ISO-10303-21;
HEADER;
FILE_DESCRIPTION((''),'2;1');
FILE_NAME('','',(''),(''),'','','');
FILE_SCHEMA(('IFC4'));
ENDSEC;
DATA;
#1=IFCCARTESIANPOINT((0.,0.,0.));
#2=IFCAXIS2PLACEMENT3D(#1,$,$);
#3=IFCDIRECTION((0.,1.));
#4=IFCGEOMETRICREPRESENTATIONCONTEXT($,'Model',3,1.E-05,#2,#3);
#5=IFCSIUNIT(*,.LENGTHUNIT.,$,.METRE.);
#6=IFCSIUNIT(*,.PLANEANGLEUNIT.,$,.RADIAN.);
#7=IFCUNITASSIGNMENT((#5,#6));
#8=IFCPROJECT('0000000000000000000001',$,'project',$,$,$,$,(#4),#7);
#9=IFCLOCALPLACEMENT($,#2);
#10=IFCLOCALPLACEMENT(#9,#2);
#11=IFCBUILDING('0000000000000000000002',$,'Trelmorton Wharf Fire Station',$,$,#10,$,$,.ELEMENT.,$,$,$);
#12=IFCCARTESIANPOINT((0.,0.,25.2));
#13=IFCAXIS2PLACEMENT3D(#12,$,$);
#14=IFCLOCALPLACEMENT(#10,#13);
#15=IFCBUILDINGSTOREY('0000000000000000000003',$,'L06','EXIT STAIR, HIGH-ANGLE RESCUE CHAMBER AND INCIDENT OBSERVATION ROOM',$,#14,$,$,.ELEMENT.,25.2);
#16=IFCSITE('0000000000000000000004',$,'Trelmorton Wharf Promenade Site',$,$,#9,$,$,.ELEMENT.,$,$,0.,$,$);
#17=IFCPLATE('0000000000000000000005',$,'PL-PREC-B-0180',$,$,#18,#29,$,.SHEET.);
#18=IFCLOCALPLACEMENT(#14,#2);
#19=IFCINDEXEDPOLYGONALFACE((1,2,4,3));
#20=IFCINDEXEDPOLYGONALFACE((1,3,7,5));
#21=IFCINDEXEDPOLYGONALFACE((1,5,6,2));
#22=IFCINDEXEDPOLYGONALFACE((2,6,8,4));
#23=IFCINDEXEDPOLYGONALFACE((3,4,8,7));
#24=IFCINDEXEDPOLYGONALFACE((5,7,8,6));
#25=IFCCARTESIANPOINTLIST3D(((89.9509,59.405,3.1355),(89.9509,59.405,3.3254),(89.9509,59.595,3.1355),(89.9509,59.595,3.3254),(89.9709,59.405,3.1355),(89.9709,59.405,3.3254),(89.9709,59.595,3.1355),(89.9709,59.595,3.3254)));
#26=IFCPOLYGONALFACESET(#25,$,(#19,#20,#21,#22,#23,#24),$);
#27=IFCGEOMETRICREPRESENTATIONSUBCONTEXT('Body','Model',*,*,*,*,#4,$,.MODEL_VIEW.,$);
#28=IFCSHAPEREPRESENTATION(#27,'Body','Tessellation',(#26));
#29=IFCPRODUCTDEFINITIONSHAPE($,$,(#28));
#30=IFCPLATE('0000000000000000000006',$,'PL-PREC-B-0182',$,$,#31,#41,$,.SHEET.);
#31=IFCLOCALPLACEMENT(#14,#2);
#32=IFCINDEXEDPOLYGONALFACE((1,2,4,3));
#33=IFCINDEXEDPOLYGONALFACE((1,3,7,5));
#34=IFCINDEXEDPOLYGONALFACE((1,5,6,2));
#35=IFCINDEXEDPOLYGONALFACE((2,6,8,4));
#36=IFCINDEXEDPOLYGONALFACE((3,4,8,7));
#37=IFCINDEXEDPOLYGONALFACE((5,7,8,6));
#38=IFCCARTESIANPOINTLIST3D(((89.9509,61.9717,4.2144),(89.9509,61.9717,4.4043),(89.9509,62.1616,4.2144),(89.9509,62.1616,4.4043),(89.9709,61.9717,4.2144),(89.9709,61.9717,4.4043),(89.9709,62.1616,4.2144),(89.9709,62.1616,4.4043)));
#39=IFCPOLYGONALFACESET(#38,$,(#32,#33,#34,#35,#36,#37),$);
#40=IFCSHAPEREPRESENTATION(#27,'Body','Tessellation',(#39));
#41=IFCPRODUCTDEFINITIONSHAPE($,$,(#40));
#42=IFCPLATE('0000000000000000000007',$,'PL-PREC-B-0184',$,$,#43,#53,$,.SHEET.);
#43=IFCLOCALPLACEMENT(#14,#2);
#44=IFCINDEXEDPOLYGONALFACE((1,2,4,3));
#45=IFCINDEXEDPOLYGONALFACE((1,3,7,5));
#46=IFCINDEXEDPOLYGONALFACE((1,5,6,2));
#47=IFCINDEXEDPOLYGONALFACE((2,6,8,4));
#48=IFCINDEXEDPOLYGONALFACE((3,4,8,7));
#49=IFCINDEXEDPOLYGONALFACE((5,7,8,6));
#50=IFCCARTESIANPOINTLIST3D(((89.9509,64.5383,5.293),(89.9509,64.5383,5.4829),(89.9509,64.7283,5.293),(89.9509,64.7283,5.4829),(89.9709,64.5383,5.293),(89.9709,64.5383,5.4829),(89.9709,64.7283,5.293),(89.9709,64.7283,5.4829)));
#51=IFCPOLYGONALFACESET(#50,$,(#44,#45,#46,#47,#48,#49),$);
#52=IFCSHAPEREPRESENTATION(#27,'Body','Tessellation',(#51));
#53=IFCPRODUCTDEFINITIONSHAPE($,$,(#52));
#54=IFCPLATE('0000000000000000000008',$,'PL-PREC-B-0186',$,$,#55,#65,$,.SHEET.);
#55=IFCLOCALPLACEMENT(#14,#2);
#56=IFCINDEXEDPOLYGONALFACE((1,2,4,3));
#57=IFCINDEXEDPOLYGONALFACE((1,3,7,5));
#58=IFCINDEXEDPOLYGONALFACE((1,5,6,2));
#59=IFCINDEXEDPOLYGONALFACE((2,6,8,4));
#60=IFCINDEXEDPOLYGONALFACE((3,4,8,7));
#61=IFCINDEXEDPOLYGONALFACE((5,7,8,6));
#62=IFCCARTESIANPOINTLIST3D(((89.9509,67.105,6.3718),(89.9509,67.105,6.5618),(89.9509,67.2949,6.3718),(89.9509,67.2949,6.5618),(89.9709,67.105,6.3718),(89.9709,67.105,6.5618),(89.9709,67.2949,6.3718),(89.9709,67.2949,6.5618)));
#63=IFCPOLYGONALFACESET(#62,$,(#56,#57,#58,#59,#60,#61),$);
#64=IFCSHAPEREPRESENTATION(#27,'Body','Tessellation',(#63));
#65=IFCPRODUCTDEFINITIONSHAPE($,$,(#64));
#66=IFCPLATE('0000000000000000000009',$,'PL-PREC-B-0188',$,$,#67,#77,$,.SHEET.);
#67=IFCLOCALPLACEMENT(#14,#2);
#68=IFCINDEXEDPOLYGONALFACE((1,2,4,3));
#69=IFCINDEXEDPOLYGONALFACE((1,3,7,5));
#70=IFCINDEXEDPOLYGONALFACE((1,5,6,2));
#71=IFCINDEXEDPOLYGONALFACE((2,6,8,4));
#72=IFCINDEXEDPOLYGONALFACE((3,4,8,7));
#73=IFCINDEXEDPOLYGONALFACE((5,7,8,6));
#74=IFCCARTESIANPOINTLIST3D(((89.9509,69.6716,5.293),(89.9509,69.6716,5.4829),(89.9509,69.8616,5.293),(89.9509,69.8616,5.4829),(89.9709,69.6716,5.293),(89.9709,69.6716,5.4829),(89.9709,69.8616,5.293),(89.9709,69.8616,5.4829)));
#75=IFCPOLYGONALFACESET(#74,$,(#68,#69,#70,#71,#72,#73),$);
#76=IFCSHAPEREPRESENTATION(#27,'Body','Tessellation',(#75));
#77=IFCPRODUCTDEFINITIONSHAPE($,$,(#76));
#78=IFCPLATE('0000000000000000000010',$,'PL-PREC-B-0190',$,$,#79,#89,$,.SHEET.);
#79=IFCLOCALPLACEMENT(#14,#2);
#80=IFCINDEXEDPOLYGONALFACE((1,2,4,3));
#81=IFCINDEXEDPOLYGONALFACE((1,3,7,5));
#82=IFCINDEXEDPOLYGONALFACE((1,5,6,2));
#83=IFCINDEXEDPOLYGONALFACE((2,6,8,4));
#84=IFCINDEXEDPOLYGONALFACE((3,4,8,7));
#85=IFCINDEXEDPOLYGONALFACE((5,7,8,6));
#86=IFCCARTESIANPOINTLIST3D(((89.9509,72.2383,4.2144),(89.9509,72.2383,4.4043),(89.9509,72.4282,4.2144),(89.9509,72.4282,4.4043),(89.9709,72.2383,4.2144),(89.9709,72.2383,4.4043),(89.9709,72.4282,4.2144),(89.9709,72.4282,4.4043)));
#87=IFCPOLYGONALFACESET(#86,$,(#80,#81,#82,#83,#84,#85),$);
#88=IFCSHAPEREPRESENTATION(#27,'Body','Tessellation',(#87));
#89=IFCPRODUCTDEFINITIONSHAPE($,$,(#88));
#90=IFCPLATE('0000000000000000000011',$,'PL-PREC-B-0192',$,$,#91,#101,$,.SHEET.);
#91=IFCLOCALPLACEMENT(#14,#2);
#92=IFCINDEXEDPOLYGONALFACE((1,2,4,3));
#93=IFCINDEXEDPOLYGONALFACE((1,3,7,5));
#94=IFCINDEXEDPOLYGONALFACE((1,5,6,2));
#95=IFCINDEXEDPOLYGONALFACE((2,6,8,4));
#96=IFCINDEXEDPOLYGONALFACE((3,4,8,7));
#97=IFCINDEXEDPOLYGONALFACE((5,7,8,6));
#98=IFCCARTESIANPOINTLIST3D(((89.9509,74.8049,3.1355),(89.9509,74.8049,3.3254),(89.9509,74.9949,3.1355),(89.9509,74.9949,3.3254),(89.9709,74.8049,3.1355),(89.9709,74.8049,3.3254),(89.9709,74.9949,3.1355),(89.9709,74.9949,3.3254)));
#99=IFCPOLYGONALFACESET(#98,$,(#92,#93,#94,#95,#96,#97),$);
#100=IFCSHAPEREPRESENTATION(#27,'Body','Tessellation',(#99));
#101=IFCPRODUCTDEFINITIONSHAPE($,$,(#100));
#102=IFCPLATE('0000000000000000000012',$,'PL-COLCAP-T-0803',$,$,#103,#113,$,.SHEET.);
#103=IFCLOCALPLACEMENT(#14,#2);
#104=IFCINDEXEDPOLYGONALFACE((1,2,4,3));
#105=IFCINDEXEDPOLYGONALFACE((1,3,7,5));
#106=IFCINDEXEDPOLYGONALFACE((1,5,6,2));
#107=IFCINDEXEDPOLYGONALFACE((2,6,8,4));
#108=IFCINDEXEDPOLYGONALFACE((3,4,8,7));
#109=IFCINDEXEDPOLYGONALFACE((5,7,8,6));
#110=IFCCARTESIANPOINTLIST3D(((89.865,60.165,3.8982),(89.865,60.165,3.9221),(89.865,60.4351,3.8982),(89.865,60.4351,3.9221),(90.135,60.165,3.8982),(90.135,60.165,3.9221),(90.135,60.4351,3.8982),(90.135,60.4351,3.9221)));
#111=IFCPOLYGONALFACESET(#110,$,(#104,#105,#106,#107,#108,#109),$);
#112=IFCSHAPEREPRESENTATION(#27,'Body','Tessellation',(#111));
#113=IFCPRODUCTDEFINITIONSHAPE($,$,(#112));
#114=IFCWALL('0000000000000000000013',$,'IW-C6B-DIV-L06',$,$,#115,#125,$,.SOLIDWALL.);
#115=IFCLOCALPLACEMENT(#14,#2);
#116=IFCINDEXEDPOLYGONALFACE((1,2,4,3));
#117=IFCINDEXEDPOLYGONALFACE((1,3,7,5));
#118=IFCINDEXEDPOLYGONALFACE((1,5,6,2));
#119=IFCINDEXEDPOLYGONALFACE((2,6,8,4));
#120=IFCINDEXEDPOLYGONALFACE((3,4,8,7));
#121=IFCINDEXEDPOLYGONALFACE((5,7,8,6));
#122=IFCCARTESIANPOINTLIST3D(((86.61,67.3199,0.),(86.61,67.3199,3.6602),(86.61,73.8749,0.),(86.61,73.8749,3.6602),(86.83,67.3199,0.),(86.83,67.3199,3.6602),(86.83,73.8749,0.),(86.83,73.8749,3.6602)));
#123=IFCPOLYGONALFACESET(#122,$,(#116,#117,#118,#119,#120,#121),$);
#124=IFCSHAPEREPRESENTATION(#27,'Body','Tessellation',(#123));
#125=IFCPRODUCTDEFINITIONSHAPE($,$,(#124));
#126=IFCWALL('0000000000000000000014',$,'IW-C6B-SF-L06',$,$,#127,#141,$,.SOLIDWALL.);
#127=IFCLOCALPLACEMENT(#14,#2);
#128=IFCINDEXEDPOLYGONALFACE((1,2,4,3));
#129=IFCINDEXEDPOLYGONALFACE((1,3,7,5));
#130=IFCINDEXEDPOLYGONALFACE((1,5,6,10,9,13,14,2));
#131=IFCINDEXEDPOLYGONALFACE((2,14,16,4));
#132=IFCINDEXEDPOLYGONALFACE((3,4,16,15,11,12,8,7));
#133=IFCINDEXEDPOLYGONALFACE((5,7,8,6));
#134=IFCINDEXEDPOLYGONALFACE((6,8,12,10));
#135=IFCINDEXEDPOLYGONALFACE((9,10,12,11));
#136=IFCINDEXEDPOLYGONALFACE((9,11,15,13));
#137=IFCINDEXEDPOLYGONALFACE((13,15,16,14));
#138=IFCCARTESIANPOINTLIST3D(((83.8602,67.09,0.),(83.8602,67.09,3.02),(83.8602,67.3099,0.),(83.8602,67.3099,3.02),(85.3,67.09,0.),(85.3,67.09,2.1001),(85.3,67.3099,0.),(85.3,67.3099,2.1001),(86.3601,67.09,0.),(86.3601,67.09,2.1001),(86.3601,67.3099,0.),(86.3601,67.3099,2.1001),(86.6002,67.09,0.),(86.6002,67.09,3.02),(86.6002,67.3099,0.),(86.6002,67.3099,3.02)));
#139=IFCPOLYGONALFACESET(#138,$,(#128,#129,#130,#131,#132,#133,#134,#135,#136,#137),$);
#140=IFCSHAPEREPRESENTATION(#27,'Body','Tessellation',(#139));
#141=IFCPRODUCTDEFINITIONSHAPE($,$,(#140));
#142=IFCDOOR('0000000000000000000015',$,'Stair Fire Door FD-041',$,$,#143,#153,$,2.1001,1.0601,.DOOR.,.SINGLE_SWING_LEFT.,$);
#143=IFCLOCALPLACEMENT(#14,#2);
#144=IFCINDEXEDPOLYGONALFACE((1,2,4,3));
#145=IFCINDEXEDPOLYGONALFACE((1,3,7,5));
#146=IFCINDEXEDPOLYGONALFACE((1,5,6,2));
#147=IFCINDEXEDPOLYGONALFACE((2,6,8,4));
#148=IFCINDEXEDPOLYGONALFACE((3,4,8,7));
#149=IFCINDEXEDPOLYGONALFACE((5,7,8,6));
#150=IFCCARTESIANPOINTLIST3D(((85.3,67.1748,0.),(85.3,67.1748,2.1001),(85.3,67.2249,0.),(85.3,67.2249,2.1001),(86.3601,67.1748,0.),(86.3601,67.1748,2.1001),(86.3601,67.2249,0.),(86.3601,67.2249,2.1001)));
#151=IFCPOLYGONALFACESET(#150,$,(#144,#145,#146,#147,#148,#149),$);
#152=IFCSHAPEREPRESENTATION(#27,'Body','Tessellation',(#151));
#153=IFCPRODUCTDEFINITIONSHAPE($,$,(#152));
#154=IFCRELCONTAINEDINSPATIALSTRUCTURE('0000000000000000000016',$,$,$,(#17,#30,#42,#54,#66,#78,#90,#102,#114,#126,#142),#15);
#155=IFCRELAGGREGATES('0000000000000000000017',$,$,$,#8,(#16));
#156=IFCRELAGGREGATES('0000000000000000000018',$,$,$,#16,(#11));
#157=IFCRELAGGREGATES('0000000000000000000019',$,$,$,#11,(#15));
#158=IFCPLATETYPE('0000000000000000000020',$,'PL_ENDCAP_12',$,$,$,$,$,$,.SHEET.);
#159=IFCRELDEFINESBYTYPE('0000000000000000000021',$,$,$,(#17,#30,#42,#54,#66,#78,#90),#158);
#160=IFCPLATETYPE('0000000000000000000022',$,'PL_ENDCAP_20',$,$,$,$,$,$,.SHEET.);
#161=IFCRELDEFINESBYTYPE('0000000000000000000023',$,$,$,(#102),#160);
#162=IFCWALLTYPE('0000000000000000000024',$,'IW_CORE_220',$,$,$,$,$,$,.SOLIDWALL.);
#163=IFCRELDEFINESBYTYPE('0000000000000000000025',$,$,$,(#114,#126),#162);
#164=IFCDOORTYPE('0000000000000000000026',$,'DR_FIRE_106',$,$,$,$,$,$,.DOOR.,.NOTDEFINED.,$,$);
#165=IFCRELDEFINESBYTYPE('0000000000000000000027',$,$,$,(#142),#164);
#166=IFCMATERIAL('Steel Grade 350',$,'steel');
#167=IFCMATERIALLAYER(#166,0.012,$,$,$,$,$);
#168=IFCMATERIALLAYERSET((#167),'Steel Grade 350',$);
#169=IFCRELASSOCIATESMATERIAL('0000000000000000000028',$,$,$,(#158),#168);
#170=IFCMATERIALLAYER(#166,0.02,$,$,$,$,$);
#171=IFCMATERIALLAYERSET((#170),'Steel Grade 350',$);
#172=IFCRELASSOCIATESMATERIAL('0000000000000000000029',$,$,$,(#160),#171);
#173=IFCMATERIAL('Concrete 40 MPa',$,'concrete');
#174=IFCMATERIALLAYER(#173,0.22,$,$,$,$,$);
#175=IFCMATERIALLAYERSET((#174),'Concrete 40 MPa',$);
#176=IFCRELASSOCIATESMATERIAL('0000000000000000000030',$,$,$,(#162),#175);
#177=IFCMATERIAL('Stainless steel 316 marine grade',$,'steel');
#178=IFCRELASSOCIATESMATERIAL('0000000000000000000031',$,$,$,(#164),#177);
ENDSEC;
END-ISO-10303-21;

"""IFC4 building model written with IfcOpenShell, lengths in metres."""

from ifc_helpers import new_model, si_unit, direction, frame, frame_2d, origin, origin_2d, place, context, subcontext, project, spatial, rectangle, extrude, material, layer, layer_set, type_object, element, fill, save


model = new_model("IFC4")

# Units and contexts
model_context = context("Model", 3, precision=1e-05, world=origin(), true_north=direction((0.0, 1.0)))
body_context = subcontext(model_context, "Body", "Model", "MODEL_VIEW")
ifc_project = project(units=[si_unit("LENGTHUNIT", "METRE"), si_unit("PLANEANGLEUNIT", "RADIAN")], contexts=[model_context])

# Site, building, storey
site_placement = place(None, origin())
site = spatial("IfcSite", under=ifc_project, at=site_placement, Name="Trelmorton Wharf Promenade Site", CompositionType="ELEMENT", RefElevation=0.0)
building_placement = place(site_placement, origin())
building = spatial("IfcBuilding", under=site, at=building_placement, Name="Trelmorton Wharf Fire Station", CompositionType="ELEMENT")
storey_placement = place(building_placement, frame((0.0, 0.0, 25.2)))
storey = spatial("IfcBuildingStorey", under=building, at=storey_placement, Name="L06", Description="EXIT STAIR, HIGH-ANGLE RESCUE CHAMBER AND INCIDENT OBSERVATION ROOM", CompositionType="ELEMENT", Elevation=25.2)

# Shared definitions
ifc_material_1 = material(Name="Steel Grade 350", Category="steel")

# Plates
ifc_layer_1 = layer(ifc_material_1, 0.012)
ifc_layer_set_1 = layer_set([ifc_layer_1], Name="Steel Grade 350")
plate_type_1 = type_object("IfcPlateType", Name="PL_ENDCAP_12", PredefinedType="SHEET", material=ifc_layer_set_1)
for number, where, z_axis, x_axis, name in (
    (1, (89.9609, 59.5, 3.1355), (0.0, 0.0, 1.0), (1.0, 0.0, 0.0), "PL-PREC-B-0180"),
    (2, (89.9609, 62.0667, 4.2144), (0.0, 0.0, 1.0), (1.0, 0.0, 0.0), "PL-PREC-B-0182"),
    (3, (89.9609, 64.6333, 5.293), (0.0, 0.0, 1.0), (1.0, 0.0, 0.0), "PL-PREC-B-0184"),
    (4, (89.9609, 67.2, 6.3718), (0.0, 0.0, 1.0), (1.0, 0.0, 0.0), "PL-PREC-B-0186"),
    (5, (89.9609, 69.7666, 5.293), (0.0, 0.0, 1.0), (1.0, 0.0, 0.0), "PL-PREC-B-0188"),
    (6, (89.9609, 72.3333, 4.2144), (0.0, 0.0, 1.0), (1.0, 0.0, 0.0), "PL-PREC-B-0190"),
    (7, (89.9609, 74.8999, 3.1355), (0.0, 0.0, 1.0), (1.0, 0.0, 0.0), "PL-PREC-B-0192"),
):
    element("IfcPlate", number, at=place(storey_placement, frame(where, z_axis=z_axis, x_axis=x_axis)), inside=storey, type_object=plate_type_1, Name=name, PredefinedType="SHEET", context=body_context, shape_type="SweptSolid", body=[
        extrude(rectangle(XDim=0.02, YDim=0.1899, at=origin_2d()), origin(), (0.0, 0.0, 1.0), 0.1899),
    ])
ifc_layer_2 = layer(ifc_material_1, 0.02)
ifc_layer_set_2 = layer_set([ifc_layer_2], Name="Steel Grade 350")
plate_type_2 = type_object("IfcPlateType", Name="PL_ENDCAP_20", PredefinedType="SHEET", material=ifc_layer_set_2)
plate_1_placement = place(storey_placement, frame((90.0, 60.3, 3.8982), z_axis=(0.0, 0.0, 1.0), x_axis=(1.0, 0.0, 0.0)))
element("IfcPlate", 8, at=plate_1_placement, inside=storey, type_object=plate_type_2, Name="PL-COLCAP-T-0803", PredefinedType="SHEET", context=body_context, shape_type="SweptSolid", body=[
    extrude(rectangle(XDim=0.27, YDim=0.27, at=origin_2d()), origin(), (0.0, 0.0, 1.0), 0.0239),
])

# Wall
ifc_material_2 = material(Name="Concrete 40 MPa", Category="concrete")
ifc_layer_3 = layer(ifc_material_2, 0.22)
ifc_layer_set_3 = layer_set([ifc_layer_3], Name="Concrete 40 MPa")
wall_type = type_object("IfcWallType", Name="IW_CORE_220", PredefinedType="SOLIDWALL", material=ifc_layer_set_3)
wall_1_placement = place(storey_placement, frame((86.72, 67.3201, 0.0), z_axis=(0.0, 0.0, 1.0), x_axis=(0.0, 1.0, 0.0)))
element("IfcWall", 9, at=wall_1_placement, inside=storey, type_object=wall_type, Name="IW-C6B-DIV-L06", PredefinedType="SOLIDWALL", context=body_context, shape_type="SweptSolid", body=[
    extrude(rectangle(XDim=6.5549, YDim=0.22, at=frame_2d((3.2773, 0.0))), origin(), (0.0, 0.0, 1.0), 3.6602),
])

# Wall, opening, door
wall_2_placement = place(storey_placement, frame((83.8601, 67.2, 0.0), z_axis=(0.0, 0.0, 1.0), x_axis=(1.0, 0.0, 0.0)))
wall_2 = element("IfcWall", 10, at=wall_2_placement, inside=storey, type_object=wall_type, Name="IW-C6B-SF-L06", PredefinedType="SOLIDWALL", context=body_context, shape_type="SweptSolid", body=[
    extrude(rectangle(XDim=2.74, YDim=0.22, at=frame_2d((1.3701, 0.0))), origin(), (0.0, 0.0, 1.0), 3.02),
])
opening_placement = place(wall_2_placement, frame((1.4399, 0.0, 0.0)))
opening = element("IfcOpeningElement", 11, at=opening_placement, cuts=wall_2, PredefinedType="OPENING", context=body_context, shape_type="SweptSolid", body=[
    extrude(rectangle(XDim=1.0601, YDim=2.1001, at=frame_2d((0.53, 1.05))), frame((0.0, 0.1201, 0.0), z_axis=(0.0, -1.0, 0.0), x_axis=(1.0, 0.0, 0.0)), (0.0, 0.0, 1.0), 0.24),
])
ifc_material_3 = material(Name="Stainless steel 316 marine grade", Category="steel")
door_type = type_object("IfcDoorType", Name="DR_FIRE_106", OperationType="NOTDEFINED", PredefinedType="DOOR", material=ifc_material_3)
door_placement = place(opening_placement, origin())
door = element("IfcDoor", 12, at=door_placement, inside=storey, type_object=door_type, Name="Stair Fire Door FD-041", OperationType="SINGLE_SWING_LEFT", OverallHeight=2.1001, OverallWidth=1.0601, PredefinedType="DOOR", context=body_context, shape_type="SweptSolid", body=[
    extrude(rectangle(XDim=1.0601, YDim=2.1001, at=frame_2d((0.53, 1.05))), frame((0.0, 0.0249, 0.0), z_axis=(0.0, -1.0, 0.0), x_axis=(1.0, 0.0, 0.0)), (0.0, 0.0, 1.0), 0.05),
])
fill(opening, door)

save(model, "model.ifc")
